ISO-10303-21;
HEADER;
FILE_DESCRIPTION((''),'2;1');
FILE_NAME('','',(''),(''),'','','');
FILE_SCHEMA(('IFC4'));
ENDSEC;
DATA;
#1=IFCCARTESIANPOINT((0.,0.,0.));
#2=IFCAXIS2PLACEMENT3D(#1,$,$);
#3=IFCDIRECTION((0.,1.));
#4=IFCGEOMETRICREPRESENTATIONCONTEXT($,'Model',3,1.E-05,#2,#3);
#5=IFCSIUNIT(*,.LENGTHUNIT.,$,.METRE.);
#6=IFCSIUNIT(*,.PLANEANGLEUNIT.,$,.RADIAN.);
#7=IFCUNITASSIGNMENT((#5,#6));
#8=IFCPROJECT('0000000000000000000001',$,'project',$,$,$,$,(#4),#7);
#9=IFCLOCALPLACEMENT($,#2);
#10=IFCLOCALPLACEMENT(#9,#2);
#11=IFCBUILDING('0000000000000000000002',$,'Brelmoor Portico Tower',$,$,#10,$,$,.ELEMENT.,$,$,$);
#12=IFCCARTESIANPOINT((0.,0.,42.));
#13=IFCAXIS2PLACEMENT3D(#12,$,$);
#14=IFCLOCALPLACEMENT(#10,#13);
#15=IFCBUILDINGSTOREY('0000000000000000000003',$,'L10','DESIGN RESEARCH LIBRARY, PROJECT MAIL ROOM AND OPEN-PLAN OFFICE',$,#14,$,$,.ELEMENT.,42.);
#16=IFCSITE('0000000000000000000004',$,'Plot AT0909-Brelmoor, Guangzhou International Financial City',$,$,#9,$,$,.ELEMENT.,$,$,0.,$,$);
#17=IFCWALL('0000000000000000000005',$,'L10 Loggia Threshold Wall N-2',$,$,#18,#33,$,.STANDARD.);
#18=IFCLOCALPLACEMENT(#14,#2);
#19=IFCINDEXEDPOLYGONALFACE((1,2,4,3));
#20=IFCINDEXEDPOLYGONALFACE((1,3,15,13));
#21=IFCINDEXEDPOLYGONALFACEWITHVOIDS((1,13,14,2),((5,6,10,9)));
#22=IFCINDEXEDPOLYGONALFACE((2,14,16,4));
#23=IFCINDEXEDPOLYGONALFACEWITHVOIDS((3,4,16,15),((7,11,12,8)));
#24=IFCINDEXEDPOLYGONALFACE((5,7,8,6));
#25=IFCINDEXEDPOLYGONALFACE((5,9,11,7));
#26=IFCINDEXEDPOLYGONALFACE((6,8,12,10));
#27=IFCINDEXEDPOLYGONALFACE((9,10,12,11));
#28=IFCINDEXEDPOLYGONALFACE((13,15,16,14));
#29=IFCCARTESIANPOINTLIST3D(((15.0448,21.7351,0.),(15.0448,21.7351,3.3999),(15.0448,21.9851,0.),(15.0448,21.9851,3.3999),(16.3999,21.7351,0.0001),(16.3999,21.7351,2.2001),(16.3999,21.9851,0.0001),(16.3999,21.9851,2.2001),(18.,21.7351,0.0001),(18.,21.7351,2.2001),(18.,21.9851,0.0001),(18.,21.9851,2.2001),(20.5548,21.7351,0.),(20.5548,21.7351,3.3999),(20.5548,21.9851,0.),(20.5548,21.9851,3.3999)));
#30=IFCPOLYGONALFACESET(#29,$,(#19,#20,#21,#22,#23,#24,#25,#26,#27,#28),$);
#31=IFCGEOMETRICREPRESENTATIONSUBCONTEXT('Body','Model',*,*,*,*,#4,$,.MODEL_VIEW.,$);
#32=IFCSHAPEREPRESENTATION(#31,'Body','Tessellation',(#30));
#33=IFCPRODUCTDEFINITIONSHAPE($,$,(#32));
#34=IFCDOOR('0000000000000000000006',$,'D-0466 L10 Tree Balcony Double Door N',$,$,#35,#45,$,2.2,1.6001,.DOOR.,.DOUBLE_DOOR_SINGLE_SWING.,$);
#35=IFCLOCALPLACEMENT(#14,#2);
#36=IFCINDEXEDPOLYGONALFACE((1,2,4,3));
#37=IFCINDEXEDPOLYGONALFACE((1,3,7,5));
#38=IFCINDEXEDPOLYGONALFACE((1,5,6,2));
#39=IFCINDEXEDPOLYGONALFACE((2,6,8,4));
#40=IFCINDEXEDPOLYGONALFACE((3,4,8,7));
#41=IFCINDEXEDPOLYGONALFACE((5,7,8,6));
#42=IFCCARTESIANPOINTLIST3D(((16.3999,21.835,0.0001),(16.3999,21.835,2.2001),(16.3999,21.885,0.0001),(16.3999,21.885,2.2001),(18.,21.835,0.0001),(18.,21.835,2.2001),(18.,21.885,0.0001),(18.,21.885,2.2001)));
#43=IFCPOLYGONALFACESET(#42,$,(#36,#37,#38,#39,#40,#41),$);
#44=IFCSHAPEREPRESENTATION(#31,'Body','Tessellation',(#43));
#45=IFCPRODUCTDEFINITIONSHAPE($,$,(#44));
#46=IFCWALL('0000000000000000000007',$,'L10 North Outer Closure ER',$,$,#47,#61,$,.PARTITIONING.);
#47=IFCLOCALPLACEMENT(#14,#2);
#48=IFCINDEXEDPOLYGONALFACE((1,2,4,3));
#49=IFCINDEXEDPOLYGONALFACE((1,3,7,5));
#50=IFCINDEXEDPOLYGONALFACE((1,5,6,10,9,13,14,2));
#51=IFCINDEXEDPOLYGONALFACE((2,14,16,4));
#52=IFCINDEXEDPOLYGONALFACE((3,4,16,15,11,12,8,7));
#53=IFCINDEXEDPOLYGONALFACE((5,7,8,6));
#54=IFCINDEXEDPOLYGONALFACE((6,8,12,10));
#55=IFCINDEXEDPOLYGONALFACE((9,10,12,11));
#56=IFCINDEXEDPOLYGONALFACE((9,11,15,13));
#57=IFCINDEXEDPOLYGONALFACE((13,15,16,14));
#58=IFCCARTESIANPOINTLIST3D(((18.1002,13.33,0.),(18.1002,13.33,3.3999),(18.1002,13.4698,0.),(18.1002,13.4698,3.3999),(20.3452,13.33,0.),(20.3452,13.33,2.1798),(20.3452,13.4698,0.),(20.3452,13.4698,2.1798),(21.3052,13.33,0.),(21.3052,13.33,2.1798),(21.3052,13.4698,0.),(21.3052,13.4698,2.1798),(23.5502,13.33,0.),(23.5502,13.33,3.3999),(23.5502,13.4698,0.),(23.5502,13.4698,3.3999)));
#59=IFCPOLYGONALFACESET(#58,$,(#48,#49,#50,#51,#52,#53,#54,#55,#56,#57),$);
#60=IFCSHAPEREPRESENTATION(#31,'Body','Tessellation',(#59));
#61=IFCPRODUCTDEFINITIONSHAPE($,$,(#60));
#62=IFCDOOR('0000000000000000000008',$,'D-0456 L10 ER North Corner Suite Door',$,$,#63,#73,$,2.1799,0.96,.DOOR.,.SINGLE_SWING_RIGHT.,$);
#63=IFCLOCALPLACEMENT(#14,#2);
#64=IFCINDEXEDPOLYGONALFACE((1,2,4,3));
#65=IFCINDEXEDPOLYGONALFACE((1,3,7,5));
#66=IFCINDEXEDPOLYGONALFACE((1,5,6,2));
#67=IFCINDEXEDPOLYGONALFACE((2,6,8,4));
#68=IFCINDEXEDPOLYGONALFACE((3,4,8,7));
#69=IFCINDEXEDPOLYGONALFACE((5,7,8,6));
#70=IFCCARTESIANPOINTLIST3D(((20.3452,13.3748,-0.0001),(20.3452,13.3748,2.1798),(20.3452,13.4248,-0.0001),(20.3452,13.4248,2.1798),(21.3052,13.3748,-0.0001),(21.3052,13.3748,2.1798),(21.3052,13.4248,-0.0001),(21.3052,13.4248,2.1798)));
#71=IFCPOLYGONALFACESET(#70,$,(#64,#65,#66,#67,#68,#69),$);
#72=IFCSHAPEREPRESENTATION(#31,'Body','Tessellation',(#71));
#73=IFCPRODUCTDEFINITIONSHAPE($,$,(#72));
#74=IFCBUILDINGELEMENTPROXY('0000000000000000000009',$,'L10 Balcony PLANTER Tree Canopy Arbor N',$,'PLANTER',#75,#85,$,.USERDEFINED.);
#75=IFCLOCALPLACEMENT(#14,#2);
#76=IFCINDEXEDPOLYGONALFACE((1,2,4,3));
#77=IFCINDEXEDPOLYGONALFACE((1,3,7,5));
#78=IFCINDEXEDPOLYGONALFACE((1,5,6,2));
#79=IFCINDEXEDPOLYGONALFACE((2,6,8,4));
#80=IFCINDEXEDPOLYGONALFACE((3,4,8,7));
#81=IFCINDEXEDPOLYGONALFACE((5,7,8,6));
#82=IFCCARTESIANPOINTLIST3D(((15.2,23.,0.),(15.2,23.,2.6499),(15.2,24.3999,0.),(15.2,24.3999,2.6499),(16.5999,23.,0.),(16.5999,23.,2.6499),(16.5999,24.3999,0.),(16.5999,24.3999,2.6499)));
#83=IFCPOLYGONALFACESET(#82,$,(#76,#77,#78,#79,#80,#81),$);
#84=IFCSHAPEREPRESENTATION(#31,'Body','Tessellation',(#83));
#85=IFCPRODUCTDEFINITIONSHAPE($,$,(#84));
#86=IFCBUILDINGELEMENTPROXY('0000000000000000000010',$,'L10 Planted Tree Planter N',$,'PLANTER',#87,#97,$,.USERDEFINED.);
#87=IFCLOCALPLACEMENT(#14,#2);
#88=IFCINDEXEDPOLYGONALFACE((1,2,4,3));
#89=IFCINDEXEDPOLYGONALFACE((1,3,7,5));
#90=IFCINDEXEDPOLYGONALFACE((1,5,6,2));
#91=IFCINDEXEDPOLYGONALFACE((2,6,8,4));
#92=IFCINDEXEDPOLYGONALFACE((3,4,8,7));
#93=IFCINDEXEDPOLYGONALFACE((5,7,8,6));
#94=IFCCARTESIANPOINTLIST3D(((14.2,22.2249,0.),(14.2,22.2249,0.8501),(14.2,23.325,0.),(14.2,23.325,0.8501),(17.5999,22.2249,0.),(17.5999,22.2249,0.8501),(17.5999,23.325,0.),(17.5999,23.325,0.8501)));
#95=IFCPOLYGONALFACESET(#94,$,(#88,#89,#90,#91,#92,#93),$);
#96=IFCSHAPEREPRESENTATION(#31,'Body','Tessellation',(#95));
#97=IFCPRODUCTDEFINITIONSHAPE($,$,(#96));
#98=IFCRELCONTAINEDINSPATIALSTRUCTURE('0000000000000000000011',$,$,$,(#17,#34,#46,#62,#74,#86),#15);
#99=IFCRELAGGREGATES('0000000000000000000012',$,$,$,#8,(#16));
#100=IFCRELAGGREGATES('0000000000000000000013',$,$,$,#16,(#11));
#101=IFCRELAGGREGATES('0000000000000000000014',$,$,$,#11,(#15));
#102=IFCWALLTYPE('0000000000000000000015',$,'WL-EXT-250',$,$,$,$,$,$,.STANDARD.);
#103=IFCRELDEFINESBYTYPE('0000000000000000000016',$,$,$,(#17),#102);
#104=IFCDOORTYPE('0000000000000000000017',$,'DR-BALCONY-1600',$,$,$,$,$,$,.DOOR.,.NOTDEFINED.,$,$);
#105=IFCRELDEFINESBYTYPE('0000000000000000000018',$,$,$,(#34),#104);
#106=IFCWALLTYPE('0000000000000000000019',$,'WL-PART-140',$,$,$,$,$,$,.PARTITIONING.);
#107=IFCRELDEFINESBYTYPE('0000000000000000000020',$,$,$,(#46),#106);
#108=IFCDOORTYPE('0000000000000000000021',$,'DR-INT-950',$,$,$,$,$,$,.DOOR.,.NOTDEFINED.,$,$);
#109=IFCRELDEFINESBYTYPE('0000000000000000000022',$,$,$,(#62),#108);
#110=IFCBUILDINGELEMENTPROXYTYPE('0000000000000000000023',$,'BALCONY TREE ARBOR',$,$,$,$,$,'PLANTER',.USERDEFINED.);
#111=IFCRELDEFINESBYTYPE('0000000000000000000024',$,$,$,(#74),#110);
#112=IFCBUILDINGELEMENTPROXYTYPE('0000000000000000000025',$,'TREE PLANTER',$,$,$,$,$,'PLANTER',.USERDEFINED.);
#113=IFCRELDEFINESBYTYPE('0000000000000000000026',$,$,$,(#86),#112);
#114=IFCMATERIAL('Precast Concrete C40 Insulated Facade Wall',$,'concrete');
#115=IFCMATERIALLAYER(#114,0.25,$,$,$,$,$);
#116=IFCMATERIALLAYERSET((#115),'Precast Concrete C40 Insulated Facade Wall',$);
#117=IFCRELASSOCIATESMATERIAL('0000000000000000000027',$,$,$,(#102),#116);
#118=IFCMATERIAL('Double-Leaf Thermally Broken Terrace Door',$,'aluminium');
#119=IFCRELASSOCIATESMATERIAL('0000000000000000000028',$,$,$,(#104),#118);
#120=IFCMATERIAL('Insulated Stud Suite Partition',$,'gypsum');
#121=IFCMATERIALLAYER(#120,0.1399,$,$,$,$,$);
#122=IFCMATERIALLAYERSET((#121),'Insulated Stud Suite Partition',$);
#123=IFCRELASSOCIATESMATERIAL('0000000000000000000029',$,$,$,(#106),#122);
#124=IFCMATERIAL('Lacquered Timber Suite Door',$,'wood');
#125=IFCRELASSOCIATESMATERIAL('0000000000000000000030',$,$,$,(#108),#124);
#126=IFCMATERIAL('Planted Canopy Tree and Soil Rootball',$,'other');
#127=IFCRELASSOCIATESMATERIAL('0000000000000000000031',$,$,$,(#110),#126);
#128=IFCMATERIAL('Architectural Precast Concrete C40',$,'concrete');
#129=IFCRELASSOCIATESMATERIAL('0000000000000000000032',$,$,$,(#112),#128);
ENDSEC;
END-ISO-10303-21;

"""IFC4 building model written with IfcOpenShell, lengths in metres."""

from ifc_helpers import new_model, si_unit, direction, frame, frame_2d, origin, origin_2d, place, context, subcontext, project, spatial, rectangle, extrude, material, layer, layer_set, type_object, element, fill, save


model = new_model("IFC4")

# Units and contexts
model_context = context("Model", 3, precision=1e-05, world=origin(), true_north=direction((0.0, 1.0)))
body_context = subcontext(model_context, "Body", "Model", "MODEL_VIEW")
ifc_project = project(units=[si_unit("LENGTHUNIT", "METRE"), si_unit("PLANEANGLEUNIT", "RADIAN")], contexts=[model_context])

# Site, building, storey
site_placement = place(None, origin())
site = spatial("IfcSite", under=ifc_project, at=site_placement, Name="Plot AT0909-Brelmoor, Guangzhou International Financial City", CompositionType="ELEMENT", RefElevation=0.0)
building_placement = place(site_placement, origin())
building = spatial("IfcBuilding", under=site, at=building_placement, Name="Brelmoor Portico Tower", CompositionType="ELEMENT")
storey_placement = place(building_placement, frame((0.0, 0.0, 42.0)))
storey = spatial("IfcBuildingStorey", under=building, at=storey_placement, Name="L10", Description="DESIGN RESEARCH LIBRARY, PROJECT MAIL ROOM AND OPEN-PLAN OFFICE", CompositionType="ELEMENT", Elevation=42.0)

# Walls, openings, doors
ifc_material_1 = material(Name="Precast Concrete C40 Insulated Facade Wall", Category="concrete")
ifc_layer_1 = layer(ifc_material_1, 0.25)
ifc_layer_set_1 = layer_set([ifc_layer_1], Name="Precast Concrete C40 Insulated Facade Wall")
wall_type_1 = type_object("IfcWallType", Name="WL-EXT-250", PredefinedType="STANDARD", material=ifc_layer_set_1)
wall_1_placement = place(storey_placement, frame((15.0449, 21.8601, 0.0), z_axis=(0.0, 0.0, 1.0), x_axis=(1.0, 0.0, 0.0)))
wall_1 = element("IfcWall", 1, at=wall_1_placement, inside=storey, type_object=wall_type_1, Name="L10 Loggia Threshold Wall N-2", PredefinedType="STANDARD", context=body_context, shape_type="SweptSolid", body=[
    extrude(rectangle(XDim=5.51, YDim=0.25, at=frame_2d((2.7549, 0.0))), origin(), (0.0, 0.0, 1.0), 3.3999),
])
opening_1_placement = place(wall_1_placement, frame((1.355, 0.0, 0.0)))
opening_1 = element("IfcOpeningElement", 2, at=opening_1_placement, cuts=wall_1, PredefinedType="OPENING", context=body_context, shape_type="SweptSolid", body=[
    extrude(rectangle(XDim=1.6001, YDim=2.2, at=frame_2d((0.8, 1.1001))), frame((0.0, 0.135, 0.0), z_axis=(0.0, -1.0, 0.0), x_axis=(1.0, 0.0, 0.0)), (0.0, 0.0, 1.0), 0.27),
])
ifc_material_2 = material(Name="Double-Leaf Thermally Broken Terrace Door", Category="aluminium")
door_type_1 = type_object("IfcDoorType", Name="DR-BALCONY-1600", OperationType="NOTDEFINED", PredefinedType="DOOR", material=ifc_material_2)
door_1_placement = place(opening_1_placement, origin())
door_1 = element("IfcDoor", 3, at=door_1_placement, inside=storey, type_object=door_type_1, Name="D-0466 L10 Tree Balcony Double Door N", OperationType="DOUBLE_DOOR_SINGLE_SWING", OverallHeight=2.2, OverallWidth=1.6001, PredefinedType="DOOR", context=body_context, shape_type="SweptSolid", body=[
    extrude(rectangle(XDim=1.6001, YDim=2.2, at=frame_2d((0.8, 1.1001))), frame((0.0, 0.0249, 0.0), z_axis=(0.0, -1.0, 0.0), x_axis=(1.0, 0.0, 0.0)), (0.0, 0.0, 1.0), 0.05),
])
fill(opening_1, door_1)
ifc_material_3 = material(Name="Insulated Stud Suite Partition", Category="gypsum")
ifc_layer_2 = layer(ifc_material_3, 0.1399)
ifc_layer_set_2 = layer_set([ifc_layer_2], Name="Insulated Stud Suite Partition")
wall_type_2 = type_object("IfcWallType", Name="WL-PART-140", PredefinedType="PARTITIONING", material=ifc_layer_set_2)
wall_2_placement = place(storey_placement, frame((18.1001, 13.3999, 0.0), z_axis=(0.0, 0.0, 1.0), x_axis=(1.0, 0.0, 0.0)))
wall_2 = element("IfcWall", 4, at=wall_2_placement, inside=storey, type_object=wall_type_2, Name="L10 North Outer Closure ER", PredefinedType="PARTITIONING", context=body_context, shape_type="SweptSolid", body=[
    extrude(rectangle(XDim=5.45, YDim=0.1399, at=frame_2d((2.7251, 0.0))), origin(), (0.0, 0.0, 1.0), 3.3999),
])
opening_2_placement = place(wall_2_placement, frame((2.2451, 0.0, 0.0)))
opening_2 = element("IfcOpeningElement", 5, at=opening_2_placement, cuts=wall_2, PredefinedType="OPENING", context=body_context, shape_type="SweptSolid", body=[
    extrude(rectangle(XDim=0.96, YDim=2.1799, at=frame_2d((0.48, 1.0898))), frame((0.0, 0.0798, 0.0), z_axis=(0.0, -1.0, 0.0), x_axis=(1.0, 0.0, 0.0)), (0.0, 0.0, 1.0), 0.1599),
])
ifc_material_4 = material(Name="Lacquered Timber Suite Door", Category="wood")
door_type_2 = type_object("IfcDoorType", Name="DR-INT-950", OperationType="NOTDEFINED", PredefinedType="DOOR", material=ifc_material_4)
door_2_placement = place(opening_2_placement, origin())
door_2 = element("IfcDoor", 6, at=door_2_placement, inside=storey, type_object=door_type_2, Name="D-0456 L10 ER North Corner Suite Door", OperationType="SINGLE_SWING_RIGHT", OverallHeight=2.1799, OverallWidth=0.96, PredefinedType="DOOR", context=body_context, shape_type="SweptSolid", body=[
    extrude(rectangle(XDim=0.96, YDim=2.1799, at=frame_2d((0.48, 1.0898))), frame((0.0, 0.0249, 0.0), z_axis=(0.0, -1.0, 0.0), x_axis=(1.0, 0.0, 0.0)), (0.0, 0.0, 1.0), 0.05),
])
fill(opening_2, door_2)

# Building element proxies
ifc_material_5 = material(Name="Planted Canopy Tree and Soil Rootball", Category="other")
building_element_proxy_type_1 = type_object("IfcBuildingElementProxyType", Name="BALCONY TREE ARBOR", ElementType="PLANTER", PredefinedType="USERDEFINED", material=ifc_material_5)
proxy_1_placement = place(storey_placement, frame((15.8999, 23.7, 0.0), z_axis=(0.0, 0.0, 1.0), x_axis=(1.0, 0.0, 0.0)))
element("IfcBuildingElementProxy", 7, at=proxy_1_placement, inside=storey, type_object=building_element_proxy_type_1, Name="L10 Balcony PLANTER Tree Canopy Arbor N", ObjectType="PLANTER", PredefinedType="USERDEFINED", context=body_context, shape_type="SweptSolid", body=[
    extrude(rectangle(XDim=1.3999, YDim=1.3999, at=origin_2d()), origin(), (0.0, 0.0, 1.0), 2.6499),
])
ifc_material_6 = material(Name="Architectural Precast Concrete C40", Category="concrete")
building_element_proxy_type_2 = type_object("IfcBuildingElementProxyType", Name="TREE PLANTER", ElementType="PLANTER", PredefinedType="USERDEFINED", material=ifc_material_6)
proxy_2_placement = place(storey_placement, frame((15.8999, 22.7749, 0.0), z_axis=(0.0, 0.0, 1.0), x_axis=(1.0, 0.0, 0.0)))
element("IfcBuildingElementProxy", 8, at=proxy_2_placement, inside=storey, type_object=building_element_proxy_type_2, Name="L10 Planted Tree Planter N", ObjectType="PLANTER", PredefinedType="USERDEFINED", context=body_context, shape_type="SweptSolid", body=[
    extrude(rectangle(XDim=3.3999, YDim=1.1001, at=origin_2d()), origin(), (0.0, 0.0, 1.0), 0.8501),
])

save(model, "model.ifc")
